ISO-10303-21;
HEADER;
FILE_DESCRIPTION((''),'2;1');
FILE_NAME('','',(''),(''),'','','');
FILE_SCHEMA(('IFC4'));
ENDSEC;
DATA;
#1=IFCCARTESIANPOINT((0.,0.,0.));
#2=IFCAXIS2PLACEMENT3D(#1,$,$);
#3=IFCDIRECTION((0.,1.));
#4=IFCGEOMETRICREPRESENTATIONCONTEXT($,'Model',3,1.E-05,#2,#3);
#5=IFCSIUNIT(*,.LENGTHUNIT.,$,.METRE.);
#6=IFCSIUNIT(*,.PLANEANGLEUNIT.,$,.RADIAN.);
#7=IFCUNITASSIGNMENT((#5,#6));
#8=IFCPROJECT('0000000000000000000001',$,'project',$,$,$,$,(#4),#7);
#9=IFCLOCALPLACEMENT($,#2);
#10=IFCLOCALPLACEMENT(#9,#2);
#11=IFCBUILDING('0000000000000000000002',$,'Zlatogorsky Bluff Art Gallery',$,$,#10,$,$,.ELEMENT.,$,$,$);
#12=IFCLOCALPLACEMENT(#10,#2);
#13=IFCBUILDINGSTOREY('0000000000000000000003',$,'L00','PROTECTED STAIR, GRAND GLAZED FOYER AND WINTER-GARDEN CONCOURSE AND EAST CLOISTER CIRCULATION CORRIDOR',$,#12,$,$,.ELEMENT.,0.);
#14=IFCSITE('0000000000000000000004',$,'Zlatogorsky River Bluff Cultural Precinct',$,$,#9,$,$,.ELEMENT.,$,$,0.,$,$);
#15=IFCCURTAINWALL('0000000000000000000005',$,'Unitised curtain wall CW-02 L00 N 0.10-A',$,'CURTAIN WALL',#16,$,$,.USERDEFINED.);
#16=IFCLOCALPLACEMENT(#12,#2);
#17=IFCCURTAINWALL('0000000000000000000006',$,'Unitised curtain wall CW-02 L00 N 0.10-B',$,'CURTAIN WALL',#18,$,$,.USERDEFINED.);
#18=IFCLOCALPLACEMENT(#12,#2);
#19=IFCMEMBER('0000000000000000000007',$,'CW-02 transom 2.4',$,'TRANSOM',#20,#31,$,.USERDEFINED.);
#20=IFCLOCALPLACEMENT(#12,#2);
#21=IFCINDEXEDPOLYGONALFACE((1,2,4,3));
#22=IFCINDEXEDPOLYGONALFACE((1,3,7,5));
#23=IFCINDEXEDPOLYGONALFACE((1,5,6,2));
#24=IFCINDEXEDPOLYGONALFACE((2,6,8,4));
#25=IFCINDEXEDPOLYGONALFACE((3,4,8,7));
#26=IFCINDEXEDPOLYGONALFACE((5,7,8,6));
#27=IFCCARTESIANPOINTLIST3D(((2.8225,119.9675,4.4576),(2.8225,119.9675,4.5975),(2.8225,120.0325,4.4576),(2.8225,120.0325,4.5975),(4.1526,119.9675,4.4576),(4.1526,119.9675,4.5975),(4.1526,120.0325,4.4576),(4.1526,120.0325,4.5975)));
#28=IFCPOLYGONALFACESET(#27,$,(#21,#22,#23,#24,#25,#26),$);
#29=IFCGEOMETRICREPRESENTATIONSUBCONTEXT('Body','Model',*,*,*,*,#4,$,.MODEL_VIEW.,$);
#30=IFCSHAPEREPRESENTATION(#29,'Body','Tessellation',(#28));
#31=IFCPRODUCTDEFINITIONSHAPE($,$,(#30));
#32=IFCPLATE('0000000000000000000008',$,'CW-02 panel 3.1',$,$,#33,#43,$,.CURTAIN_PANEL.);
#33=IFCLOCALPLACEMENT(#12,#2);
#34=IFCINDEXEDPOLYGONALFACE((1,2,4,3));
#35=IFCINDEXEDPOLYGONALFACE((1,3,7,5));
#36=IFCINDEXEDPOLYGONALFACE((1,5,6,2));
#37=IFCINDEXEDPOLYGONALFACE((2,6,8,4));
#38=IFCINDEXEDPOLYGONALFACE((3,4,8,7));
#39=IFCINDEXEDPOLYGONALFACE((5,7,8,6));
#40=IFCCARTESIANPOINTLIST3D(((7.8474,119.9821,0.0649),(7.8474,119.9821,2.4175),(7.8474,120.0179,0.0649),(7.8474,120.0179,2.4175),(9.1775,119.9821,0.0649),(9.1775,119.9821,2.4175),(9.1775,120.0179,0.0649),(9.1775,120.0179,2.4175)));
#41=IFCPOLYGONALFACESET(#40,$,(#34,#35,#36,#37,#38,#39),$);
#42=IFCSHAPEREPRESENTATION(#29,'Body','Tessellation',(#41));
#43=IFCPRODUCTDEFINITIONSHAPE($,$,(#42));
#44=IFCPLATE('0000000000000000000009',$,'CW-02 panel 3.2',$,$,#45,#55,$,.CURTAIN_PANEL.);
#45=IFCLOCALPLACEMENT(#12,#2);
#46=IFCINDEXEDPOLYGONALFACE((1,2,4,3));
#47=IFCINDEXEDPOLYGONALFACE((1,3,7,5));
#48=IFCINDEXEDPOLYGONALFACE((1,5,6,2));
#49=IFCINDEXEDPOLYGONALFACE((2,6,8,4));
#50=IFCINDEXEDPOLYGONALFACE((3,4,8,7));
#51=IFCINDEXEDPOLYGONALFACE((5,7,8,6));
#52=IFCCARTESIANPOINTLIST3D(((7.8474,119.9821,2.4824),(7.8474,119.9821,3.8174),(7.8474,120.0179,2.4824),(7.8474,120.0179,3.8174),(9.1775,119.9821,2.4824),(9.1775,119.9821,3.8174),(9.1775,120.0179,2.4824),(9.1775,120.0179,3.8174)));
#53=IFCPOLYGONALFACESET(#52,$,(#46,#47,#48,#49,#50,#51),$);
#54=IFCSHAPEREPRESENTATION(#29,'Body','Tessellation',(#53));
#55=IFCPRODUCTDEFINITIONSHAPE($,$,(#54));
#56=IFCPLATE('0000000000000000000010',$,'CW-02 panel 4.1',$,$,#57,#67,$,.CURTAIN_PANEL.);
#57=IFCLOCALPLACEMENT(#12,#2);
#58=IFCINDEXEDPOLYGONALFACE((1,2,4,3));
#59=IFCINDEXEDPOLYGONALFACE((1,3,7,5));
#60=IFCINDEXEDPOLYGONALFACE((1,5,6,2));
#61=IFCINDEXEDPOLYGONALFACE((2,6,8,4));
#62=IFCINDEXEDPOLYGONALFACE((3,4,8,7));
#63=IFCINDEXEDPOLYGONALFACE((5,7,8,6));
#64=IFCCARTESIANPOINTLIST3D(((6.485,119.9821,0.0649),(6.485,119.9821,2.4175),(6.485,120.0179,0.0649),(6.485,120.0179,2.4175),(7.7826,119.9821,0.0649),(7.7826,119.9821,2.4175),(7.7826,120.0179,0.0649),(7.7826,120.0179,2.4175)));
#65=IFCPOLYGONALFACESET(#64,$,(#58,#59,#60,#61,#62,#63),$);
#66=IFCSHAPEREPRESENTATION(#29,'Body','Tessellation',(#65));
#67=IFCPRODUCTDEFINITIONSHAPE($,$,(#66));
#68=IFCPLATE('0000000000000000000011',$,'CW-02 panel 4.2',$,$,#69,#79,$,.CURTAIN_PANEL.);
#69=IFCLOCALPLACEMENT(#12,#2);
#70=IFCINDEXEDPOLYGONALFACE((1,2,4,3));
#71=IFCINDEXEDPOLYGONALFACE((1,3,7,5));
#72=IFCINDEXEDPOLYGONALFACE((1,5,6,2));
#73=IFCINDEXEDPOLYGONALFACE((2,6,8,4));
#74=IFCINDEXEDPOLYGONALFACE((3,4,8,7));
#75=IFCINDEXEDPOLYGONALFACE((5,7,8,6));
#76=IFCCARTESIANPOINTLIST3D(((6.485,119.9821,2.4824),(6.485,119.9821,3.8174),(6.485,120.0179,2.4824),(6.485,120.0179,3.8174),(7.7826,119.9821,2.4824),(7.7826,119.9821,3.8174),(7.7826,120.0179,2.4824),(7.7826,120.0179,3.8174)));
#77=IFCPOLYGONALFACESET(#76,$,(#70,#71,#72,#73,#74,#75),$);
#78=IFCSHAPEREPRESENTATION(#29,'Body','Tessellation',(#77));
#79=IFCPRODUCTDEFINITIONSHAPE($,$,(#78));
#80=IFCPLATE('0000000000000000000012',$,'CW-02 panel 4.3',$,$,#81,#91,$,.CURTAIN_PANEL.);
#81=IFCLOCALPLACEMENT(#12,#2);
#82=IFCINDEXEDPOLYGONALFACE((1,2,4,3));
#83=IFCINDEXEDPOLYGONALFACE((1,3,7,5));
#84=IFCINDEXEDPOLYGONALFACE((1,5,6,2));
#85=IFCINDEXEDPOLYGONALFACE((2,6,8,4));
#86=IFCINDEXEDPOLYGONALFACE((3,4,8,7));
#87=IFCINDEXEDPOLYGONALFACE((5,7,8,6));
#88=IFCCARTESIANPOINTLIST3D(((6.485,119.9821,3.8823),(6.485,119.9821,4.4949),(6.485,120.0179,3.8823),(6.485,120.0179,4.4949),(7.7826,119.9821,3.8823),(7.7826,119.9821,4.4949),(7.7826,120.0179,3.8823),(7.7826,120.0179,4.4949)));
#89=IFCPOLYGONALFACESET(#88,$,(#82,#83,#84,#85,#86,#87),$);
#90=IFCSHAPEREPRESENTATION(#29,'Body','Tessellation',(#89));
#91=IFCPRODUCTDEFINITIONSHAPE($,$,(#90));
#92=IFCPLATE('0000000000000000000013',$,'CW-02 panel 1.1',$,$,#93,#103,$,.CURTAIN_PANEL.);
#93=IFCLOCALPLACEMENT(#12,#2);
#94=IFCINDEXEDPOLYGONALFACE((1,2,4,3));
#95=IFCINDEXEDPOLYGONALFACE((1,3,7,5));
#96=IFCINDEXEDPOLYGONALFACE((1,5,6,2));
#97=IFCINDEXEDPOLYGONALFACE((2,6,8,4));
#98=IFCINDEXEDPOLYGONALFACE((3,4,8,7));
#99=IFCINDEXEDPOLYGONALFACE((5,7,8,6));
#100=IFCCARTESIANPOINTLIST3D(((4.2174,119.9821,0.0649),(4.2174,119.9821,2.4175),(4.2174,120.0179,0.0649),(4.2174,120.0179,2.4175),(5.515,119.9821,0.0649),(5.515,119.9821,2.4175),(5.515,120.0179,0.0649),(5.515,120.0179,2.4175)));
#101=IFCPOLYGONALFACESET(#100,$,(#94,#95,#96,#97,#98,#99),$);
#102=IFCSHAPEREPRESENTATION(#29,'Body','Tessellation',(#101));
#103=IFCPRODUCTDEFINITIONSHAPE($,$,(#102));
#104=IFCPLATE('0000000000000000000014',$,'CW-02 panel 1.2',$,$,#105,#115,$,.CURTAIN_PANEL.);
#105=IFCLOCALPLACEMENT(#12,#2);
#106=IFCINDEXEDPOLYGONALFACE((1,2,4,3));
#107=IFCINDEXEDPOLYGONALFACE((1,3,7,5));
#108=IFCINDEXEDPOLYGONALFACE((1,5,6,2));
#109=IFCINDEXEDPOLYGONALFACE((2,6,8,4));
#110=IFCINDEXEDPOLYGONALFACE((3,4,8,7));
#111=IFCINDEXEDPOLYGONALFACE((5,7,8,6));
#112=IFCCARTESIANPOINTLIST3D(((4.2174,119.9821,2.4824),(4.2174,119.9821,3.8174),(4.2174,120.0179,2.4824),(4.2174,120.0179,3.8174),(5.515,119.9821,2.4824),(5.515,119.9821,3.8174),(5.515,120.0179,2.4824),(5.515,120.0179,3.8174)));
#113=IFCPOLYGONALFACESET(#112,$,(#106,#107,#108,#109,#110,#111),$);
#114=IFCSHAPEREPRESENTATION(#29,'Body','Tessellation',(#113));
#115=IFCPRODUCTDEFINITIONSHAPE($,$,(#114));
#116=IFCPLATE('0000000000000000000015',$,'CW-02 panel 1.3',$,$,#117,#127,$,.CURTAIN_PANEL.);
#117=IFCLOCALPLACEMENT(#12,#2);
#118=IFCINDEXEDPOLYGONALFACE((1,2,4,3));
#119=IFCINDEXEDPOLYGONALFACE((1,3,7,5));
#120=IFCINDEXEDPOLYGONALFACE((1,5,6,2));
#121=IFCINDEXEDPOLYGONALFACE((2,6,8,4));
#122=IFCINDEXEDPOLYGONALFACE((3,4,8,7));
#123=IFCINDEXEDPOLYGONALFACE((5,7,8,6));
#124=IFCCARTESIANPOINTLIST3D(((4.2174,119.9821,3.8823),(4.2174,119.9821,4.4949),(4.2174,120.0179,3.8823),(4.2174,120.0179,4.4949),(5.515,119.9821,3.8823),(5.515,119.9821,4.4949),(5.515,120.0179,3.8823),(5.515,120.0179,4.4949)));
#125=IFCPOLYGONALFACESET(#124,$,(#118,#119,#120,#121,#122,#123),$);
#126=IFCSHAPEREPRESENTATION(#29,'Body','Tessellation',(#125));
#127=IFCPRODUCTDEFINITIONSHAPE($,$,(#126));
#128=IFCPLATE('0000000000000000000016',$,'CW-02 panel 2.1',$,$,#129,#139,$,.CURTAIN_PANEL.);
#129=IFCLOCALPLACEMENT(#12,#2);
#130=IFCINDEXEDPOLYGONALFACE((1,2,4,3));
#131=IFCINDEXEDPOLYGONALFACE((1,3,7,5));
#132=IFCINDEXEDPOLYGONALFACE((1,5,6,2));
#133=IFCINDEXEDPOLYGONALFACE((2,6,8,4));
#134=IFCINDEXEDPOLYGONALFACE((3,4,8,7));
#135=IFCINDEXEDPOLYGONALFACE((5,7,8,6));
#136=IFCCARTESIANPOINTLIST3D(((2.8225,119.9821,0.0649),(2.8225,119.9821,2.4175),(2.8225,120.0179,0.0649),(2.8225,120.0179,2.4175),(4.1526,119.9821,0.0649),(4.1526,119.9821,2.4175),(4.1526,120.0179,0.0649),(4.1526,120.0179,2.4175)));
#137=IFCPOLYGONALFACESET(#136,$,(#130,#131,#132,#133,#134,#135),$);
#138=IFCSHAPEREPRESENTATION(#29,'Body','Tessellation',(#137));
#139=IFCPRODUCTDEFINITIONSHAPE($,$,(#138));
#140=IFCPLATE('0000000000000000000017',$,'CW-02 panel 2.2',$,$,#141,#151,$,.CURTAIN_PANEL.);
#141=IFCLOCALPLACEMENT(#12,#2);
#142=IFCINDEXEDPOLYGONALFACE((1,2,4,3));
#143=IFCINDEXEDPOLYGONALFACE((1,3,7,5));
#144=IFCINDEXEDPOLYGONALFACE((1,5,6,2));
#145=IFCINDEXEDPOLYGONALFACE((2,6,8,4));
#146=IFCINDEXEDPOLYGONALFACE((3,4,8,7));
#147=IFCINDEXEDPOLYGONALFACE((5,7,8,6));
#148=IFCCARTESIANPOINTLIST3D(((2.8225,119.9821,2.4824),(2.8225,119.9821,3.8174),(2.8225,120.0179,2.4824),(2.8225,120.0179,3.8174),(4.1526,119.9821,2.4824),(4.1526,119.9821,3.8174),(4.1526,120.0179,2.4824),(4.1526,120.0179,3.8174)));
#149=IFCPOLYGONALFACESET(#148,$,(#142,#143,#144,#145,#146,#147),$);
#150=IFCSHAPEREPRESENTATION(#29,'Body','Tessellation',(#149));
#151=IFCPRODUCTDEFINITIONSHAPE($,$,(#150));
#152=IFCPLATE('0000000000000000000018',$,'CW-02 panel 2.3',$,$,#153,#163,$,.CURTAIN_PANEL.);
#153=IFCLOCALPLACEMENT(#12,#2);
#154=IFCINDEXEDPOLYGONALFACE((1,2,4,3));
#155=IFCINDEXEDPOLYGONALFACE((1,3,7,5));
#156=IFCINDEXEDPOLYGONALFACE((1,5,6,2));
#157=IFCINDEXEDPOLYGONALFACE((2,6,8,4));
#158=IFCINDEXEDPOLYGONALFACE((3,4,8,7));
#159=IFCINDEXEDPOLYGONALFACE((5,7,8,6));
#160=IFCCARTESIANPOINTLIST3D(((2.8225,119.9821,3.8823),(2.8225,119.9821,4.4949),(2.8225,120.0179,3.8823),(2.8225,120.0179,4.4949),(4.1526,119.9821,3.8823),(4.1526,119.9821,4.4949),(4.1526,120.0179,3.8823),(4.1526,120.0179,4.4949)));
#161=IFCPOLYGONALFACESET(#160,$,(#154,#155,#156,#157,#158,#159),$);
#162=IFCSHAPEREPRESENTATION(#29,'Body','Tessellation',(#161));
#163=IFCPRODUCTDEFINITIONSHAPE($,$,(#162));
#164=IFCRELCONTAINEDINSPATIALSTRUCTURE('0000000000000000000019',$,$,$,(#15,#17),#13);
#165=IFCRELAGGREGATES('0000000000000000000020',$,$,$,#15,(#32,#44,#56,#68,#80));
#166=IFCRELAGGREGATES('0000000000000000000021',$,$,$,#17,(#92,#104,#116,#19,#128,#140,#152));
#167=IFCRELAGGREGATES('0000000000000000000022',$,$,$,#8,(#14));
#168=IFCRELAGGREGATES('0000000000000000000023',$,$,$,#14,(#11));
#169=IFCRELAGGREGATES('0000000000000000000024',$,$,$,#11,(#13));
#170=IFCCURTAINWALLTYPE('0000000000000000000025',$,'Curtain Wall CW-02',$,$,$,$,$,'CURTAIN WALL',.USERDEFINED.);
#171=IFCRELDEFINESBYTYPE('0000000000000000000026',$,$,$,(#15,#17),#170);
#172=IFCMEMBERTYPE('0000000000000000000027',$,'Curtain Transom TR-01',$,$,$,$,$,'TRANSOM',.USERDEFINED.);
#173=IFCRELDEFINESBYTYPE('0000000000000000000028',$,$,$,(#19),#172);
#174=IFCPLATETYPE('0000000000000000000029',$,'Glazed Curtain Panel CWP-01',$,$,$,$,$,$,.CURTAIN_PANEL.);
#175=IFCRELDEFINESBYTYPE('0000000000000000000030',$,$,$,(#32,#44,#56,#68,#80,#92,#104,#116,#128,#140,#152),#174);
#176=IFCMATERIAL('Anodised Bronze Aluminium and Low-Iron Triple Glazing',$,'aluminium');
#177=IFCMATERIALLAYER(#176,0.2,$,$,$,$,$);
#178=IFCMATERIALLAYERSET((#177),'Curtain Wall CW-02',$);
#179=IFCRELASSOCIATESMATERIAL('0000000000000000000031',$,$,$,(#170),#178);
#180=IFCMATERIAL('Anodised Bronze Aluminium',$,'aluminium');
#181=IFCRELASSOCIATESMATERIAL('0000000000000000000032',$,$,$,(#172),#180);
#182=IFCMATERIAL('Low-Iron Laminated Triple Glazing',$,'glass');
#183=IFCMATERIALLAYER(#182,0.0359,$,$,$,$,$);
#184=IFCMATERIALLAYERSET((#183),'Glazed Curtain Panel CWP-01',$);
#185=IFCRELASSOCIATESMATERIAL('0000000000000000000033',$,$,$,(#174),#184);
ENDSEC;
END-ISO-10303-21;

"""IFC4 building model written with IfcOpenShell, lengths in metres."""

from ifc_helpers import new_model, si_unit, direction, frame, origin, origin_2d, place, context, subcontext, project, spatial, rectangle, extrude, material, layer, layer_set, material_profile, profile_set, type_object, element, aggregate, save


model = new_model("IFC4")

# Units and contexts
model_context = context("Model", 3, precision=1e-05, world=origin(), true_north=direction((0.0, 1.0)))
body_context = subcontext(model_context, "Body", "Model", "MODEL_VIEW")
ifc_project = project(units=[si_unit("LENGTHUNIT", "METRE"), si_unit("PLANEANGLEUNIT", "RADIAN")], contexts=[model_context])

# Site, building, storey
site_placement = place(None, origin())
site = spatial("IfcSite", under=ifc_project, at=site_placement, Name="Zlatogorsky River Bluff Cultural Precinct", CompositionType="ELEMENT", RefElevation=0.0)
building_placement = place(site_placement, origin())
building = spatial("IfcBuilding", under=site, at=building_placement, Name="Zlatogorsky Bluff Art Gallery", CompositionType="ELEMENT")
storey_placement = place(building_placement, origin())
storey = spatial("IfcBuildingStorey", under=building, at=storey_placement, Name="L00", Description="PROTECTED STAIR, GRAND GLAZED FOYER AND WINTER-GARDEN CONCOURSE AND EAST CLOISTER CIRCULATION CORRIDOR", CompositionType="ELEMENT", Elevation=0.0)

# Curtain walls
ifc_material_1 = material(Name="Anodised Bronze Aluminium and Low-Iron Triple Glazing", Category="aluminium")
ifc_layer_1 = layer(ifc_material_1, 0.2)
ifc_layer_set_1 = layer_set([ifc_layer_1], Name="Curtain Wall CW-02")
curtain_wall_type = type_object("IfcCurtainWallType", Name="Curtain Wall CW-02", ElementType="CURTAIN WALL", PredefinedType="USERDEFINED", material=ifc_layer_set_1)
curtain_wall_1_placement = place(storey_placement, origin())
curtain_wall_1 = element("IfcCurtainWall", 1, at=curtain_wall_1_placement, inside=storey, type_object=curtain_wall_type, Name="Unitised curtain wall CW-02 L00 N 0.10-A", ObjectType="CURTAIN WALL", PredefinedType="USERDEFINED")
ifc_material_2 = material(Name="Anodised Bronze Aluminium", Category="aluminium")
curtain_wall_2_placement = place(storey_placement, origin())
curtain_wall_2 = element("IfcCurtainWall", 2, at=curtain_wall_2_placement, inside=storey, type_object=curtain_wall_type, Name="Unitised curtain wall CW-02 L00 N 0.10-B", ObjectType="CURTAIN WALL", PredefinedType="USERDEFINED")

# Member
ifc_material_profile_1 = material_profile(ifc_material_2, rectangle(XDim=0.0649, YDim=0.1399, at=origin_2d()), Name="ALU TRANSOM 65x140")
ifc_profile_set_1 = profile_set([ifc_material_profile_1], Name="Anodised Bronze Aluminium")
member_type_1 = type_object("IfcMemberType", Name="Curtain Transom TR-01", ElementType="TRANSOM", PredefinedType="USERDEFINED", material=ifc_profile_set_1)
member_1_placement = place(storey_placement, frame((4.1526, 120.0, 4.5276), z_axis=(-1.0, 0.0, 0.0), x_axis=(0.0, -1.0, 0.0)))
member_1 = element("IfcMember", 3, at=member_1_placement, type_object=member_type_1, Name="CW-02 transom 2.4", ObjectType="TRANSOM", PredefinedType="USERDEFINED", context=body_context, shape_type="SweptSolid", body=[
    extrude(rectangle(XDim=0.0649, YDim=0.1399, at=origin_2d()), origin(), (0.0, 0.0, 1.0), 1.3301),
])

# Plates
ifc_material_3 = material(Name="Low-Iron Laminated Triple Glazing", Category="glass")
ifc_layer_2 = layer(ifc_material_3, 0.0359)
ifc_layer_set_2 = layer_set([ifc_layer_2], Name="Glazed Curtain Panel CWP-01")
plate_type = type_object("IfcPlateType", Name="Glazed Curtain Panel CWP-01", PredefinedType="CURTAIN_PANEL", material=ifc_layer_set_2)
plate_1_placement = place(storey_placement, frame((8.5125, 120.0, 0.0649), z_axis=(0.0, 0.0, 1.0), x_axis=(-1.0, 0.0, 0.0)))
plate_1 = element("IfcPlate", 4, at=plate_1_placement, type_object=plate_type, Name="CW-02 panel 3.1", PredefinedType="CURTAIN_PANEL", context=body_context, shape_type="SweptSolid", body=[
    extrude(rectangle(XDim=1.3301, YDim=0.0359, at=origin_2d()), origin(), (0.0, 0.0, 1.0), 2.3525),
])
plate_2_placement = place(storey_placement, frame((8.5125, 120.0, 2.4824), z_axis=(0.0, 0.0, 1.0), x_axis=(-1.0, 0.0, 0.0)))
plate_2 = element("IfcPlate", 5, at=plate_2_placement, type_object=plate_type, Name="CW-02 panel 3.2", PredefinedType="CURTAIN_PANEL", context=body_context, shape_type="SweptSolid", body=[
    extrude(rectangle(XDim=1.3301, YDim=0.0359, at=origin_2d()), origin(), (0.0, 0.0, 1.0), 1.335),
])
plate_3_placement = place(storey_placement, frame((7.1338, 120.0, 0.0649), z_axis=(0.0, 0.0, 1.0), x_axis=(-1.0, 0.0, 0.0)))
plate_3 = element("IfcPlate", 6, at=plate_3_placement, type_object=plate_type, Name="CW-02 panel 4.1", PredefinedType="CURTAIN_PANEL", context=body_context, shape_type="SweptSolid", body=[
    extrude(rectangle(XDim=1.2976, YDim=0.0359, at=origin_2d()), origin(), (0.0, 0.0, 1.0), 2.3525),
])
plate_4_placement = place(storey_placement, frame((7.1338, 120.0, 2.4824), z_axis=(0.0, 0.0, 1.0), x_axis=(-1.0, 0.0, 0.0)))
plate_4 = element("IfcPlate", 7, at=plate_4_placement, type_object=plate_type, Name="CW-02 panel 4.2", PredefinedType="CURTAIN_PANEL", context=body_context, shape_type="SweptSolid", body=[
    extrude(rectangle(XDim=1.2976, YDim=0.0359, at=origin_2d()), origin(), (0.0, 0.0, 1.0), 1.335),
])
plate_5_placement = place(storey_placement, frame((7.1338, 120.0, 3.8823), z_axis=(0.0, 0.0, 1.0), x_axis=(-1.0, 0.0, 0.0)))
plate_5 = element("IfcPlate", 8, at=plate_5_placement, type_object=plate_type, Name="CW-02 panel 4.3", PredefinedType="CURTAIN_PANEL", context=body_context, shape_type="SweptSolid", body=[
    extrude(rectangle(XDim=1.2976, YDim=0.0359, at=origin_2d()), origin(), (0.0, 0.0, 1.0), 0.6125),
])
aggregate(curtain_wall_1, [plate_1, plate_2, plate_3, plate_4, plate_5])
plate_6_placement = place(storey_placement, frame((4.8662, 120.0, 0.0649), z_axis=(0.0, 0.0, 1.0), x_axis=(-1.0, 0.0, 0.0)))
plate_6 = element("IfcPlate", 9, at=plate_6_placement, type_object=plate_type, Name="CW-02 panel 1.1", PredefinedType="CURTAIN_PANEL", context=body_context, shape_type="SweptSolid", body=[
    extrude(rectangle(XDim=1.2976, YDim=0.0359, at=origin_2d()), origin(), (0.0, 0.0, 1.0), 2.3525),
])
plate_7_placement = place(storey_placement, frame((4.8662, 120.0, 2.4824), z_axis=(0.0, 0.0, 1.0), x_axis=(-1.0, 0.0, 0.0)))
plate_7 = element("IfcPlate", 10, at=plate_7_placement, type_object=plate_type, Name="CW-02 panel 1.2", PredefinedType="CURTAIN_PANEL", context=body_context, shape_type="SweptSolid", body=[
    extrude(rectangle(XDim=1.2976, YDim=0.0359, at=origin_2d()), origin(), (0.0, 0.0, 1.0), 1.335),
])
plate_8_placement = place(storey_placement, frame((4.8662, 120.0, 3.8823), z_axis=(0.0, 0.0, 1.0), x_axis=(-1.0, 0.0, 0.0)))
plate_8 = element("IfcPlate", 11, at=plate_8_placement, type_object=plate_type, Name="CW-02 panel 1.3", PredefinedType="CURTAIN_PANEL", context=body_context, shape_type="SweptSolid", body=[
    extrude(rectangle(XDim=1.2976, YDim=0.0359, at=origin_2d()), origin(), (0.0, 0.0, 1.0), 0.6125),
])
plate_9_placement = place(storey_placement, frame((3.4875, 120.0, 0.0649), z_axis=(0.0, 0.0, 1.0), x_axis=(-1.0, 0.0, 0.0)))
plate_9 = element("IfcPlate", 12, at=plate_9_placement, type_object=plate_type, Name="CW-02 panel 2.1", PredefinedType="CURTAIN_PANEL", context=body_context, shape_type="SweptSolid", body=[
    extrude(rectangle(XDim=1.3301, YDim=0.0359, at=origin_2d()), origin(), (0.0, 0.0, 1.0), 2.3525),
])
plate_10_placement = place(storey_placement, frame((3.4875, 120.0, 2.4824), z_axis=(0.0, 0.0, 1.0), x_axis=(-1.0, 0.0, 0.0)))
plate_10 = element("IfcPlate", 13, at=plate_10_placement, type_object=plate_type, Name="CW-02 panel 2.2", PredefinedType="CURTAIN_PANEL", context=body_context, shape_type="SweptSolid", body=[
    extrude(rectangle(XDim=1.3301, YDim=0.0359, at=origin_2d()), origin(), (0.0, 0.0, 1.0), 1.335),
])
plate_11_placement = place(storey_placement, frame((3.4875, 120.0, 3.8823), z_axis=(0.0, 0.0, 1.0), x_axis=(-1.0, 0.0, 0.0)))
plate_11 = element("IfcPlate", 14, at=plate_11_placement, type_object=plate_type, Name="CW-02 panel 2.3", PredefinedType="CURTAIN_PANEL", context=body_context, shape_type="SweptSolid", body=[
    extrude(rectangle(XDim=1.3301, YDim=0.0359, at=origin_2d()), origin(), (0.0, 0.0, 1.0), 0.6125),
])
aggregate(curtain_wall_2, [plate_6, plate_7, plate_8, member_1, plate_9, plate_10, plate_11])

save(model, "model.ifc")
